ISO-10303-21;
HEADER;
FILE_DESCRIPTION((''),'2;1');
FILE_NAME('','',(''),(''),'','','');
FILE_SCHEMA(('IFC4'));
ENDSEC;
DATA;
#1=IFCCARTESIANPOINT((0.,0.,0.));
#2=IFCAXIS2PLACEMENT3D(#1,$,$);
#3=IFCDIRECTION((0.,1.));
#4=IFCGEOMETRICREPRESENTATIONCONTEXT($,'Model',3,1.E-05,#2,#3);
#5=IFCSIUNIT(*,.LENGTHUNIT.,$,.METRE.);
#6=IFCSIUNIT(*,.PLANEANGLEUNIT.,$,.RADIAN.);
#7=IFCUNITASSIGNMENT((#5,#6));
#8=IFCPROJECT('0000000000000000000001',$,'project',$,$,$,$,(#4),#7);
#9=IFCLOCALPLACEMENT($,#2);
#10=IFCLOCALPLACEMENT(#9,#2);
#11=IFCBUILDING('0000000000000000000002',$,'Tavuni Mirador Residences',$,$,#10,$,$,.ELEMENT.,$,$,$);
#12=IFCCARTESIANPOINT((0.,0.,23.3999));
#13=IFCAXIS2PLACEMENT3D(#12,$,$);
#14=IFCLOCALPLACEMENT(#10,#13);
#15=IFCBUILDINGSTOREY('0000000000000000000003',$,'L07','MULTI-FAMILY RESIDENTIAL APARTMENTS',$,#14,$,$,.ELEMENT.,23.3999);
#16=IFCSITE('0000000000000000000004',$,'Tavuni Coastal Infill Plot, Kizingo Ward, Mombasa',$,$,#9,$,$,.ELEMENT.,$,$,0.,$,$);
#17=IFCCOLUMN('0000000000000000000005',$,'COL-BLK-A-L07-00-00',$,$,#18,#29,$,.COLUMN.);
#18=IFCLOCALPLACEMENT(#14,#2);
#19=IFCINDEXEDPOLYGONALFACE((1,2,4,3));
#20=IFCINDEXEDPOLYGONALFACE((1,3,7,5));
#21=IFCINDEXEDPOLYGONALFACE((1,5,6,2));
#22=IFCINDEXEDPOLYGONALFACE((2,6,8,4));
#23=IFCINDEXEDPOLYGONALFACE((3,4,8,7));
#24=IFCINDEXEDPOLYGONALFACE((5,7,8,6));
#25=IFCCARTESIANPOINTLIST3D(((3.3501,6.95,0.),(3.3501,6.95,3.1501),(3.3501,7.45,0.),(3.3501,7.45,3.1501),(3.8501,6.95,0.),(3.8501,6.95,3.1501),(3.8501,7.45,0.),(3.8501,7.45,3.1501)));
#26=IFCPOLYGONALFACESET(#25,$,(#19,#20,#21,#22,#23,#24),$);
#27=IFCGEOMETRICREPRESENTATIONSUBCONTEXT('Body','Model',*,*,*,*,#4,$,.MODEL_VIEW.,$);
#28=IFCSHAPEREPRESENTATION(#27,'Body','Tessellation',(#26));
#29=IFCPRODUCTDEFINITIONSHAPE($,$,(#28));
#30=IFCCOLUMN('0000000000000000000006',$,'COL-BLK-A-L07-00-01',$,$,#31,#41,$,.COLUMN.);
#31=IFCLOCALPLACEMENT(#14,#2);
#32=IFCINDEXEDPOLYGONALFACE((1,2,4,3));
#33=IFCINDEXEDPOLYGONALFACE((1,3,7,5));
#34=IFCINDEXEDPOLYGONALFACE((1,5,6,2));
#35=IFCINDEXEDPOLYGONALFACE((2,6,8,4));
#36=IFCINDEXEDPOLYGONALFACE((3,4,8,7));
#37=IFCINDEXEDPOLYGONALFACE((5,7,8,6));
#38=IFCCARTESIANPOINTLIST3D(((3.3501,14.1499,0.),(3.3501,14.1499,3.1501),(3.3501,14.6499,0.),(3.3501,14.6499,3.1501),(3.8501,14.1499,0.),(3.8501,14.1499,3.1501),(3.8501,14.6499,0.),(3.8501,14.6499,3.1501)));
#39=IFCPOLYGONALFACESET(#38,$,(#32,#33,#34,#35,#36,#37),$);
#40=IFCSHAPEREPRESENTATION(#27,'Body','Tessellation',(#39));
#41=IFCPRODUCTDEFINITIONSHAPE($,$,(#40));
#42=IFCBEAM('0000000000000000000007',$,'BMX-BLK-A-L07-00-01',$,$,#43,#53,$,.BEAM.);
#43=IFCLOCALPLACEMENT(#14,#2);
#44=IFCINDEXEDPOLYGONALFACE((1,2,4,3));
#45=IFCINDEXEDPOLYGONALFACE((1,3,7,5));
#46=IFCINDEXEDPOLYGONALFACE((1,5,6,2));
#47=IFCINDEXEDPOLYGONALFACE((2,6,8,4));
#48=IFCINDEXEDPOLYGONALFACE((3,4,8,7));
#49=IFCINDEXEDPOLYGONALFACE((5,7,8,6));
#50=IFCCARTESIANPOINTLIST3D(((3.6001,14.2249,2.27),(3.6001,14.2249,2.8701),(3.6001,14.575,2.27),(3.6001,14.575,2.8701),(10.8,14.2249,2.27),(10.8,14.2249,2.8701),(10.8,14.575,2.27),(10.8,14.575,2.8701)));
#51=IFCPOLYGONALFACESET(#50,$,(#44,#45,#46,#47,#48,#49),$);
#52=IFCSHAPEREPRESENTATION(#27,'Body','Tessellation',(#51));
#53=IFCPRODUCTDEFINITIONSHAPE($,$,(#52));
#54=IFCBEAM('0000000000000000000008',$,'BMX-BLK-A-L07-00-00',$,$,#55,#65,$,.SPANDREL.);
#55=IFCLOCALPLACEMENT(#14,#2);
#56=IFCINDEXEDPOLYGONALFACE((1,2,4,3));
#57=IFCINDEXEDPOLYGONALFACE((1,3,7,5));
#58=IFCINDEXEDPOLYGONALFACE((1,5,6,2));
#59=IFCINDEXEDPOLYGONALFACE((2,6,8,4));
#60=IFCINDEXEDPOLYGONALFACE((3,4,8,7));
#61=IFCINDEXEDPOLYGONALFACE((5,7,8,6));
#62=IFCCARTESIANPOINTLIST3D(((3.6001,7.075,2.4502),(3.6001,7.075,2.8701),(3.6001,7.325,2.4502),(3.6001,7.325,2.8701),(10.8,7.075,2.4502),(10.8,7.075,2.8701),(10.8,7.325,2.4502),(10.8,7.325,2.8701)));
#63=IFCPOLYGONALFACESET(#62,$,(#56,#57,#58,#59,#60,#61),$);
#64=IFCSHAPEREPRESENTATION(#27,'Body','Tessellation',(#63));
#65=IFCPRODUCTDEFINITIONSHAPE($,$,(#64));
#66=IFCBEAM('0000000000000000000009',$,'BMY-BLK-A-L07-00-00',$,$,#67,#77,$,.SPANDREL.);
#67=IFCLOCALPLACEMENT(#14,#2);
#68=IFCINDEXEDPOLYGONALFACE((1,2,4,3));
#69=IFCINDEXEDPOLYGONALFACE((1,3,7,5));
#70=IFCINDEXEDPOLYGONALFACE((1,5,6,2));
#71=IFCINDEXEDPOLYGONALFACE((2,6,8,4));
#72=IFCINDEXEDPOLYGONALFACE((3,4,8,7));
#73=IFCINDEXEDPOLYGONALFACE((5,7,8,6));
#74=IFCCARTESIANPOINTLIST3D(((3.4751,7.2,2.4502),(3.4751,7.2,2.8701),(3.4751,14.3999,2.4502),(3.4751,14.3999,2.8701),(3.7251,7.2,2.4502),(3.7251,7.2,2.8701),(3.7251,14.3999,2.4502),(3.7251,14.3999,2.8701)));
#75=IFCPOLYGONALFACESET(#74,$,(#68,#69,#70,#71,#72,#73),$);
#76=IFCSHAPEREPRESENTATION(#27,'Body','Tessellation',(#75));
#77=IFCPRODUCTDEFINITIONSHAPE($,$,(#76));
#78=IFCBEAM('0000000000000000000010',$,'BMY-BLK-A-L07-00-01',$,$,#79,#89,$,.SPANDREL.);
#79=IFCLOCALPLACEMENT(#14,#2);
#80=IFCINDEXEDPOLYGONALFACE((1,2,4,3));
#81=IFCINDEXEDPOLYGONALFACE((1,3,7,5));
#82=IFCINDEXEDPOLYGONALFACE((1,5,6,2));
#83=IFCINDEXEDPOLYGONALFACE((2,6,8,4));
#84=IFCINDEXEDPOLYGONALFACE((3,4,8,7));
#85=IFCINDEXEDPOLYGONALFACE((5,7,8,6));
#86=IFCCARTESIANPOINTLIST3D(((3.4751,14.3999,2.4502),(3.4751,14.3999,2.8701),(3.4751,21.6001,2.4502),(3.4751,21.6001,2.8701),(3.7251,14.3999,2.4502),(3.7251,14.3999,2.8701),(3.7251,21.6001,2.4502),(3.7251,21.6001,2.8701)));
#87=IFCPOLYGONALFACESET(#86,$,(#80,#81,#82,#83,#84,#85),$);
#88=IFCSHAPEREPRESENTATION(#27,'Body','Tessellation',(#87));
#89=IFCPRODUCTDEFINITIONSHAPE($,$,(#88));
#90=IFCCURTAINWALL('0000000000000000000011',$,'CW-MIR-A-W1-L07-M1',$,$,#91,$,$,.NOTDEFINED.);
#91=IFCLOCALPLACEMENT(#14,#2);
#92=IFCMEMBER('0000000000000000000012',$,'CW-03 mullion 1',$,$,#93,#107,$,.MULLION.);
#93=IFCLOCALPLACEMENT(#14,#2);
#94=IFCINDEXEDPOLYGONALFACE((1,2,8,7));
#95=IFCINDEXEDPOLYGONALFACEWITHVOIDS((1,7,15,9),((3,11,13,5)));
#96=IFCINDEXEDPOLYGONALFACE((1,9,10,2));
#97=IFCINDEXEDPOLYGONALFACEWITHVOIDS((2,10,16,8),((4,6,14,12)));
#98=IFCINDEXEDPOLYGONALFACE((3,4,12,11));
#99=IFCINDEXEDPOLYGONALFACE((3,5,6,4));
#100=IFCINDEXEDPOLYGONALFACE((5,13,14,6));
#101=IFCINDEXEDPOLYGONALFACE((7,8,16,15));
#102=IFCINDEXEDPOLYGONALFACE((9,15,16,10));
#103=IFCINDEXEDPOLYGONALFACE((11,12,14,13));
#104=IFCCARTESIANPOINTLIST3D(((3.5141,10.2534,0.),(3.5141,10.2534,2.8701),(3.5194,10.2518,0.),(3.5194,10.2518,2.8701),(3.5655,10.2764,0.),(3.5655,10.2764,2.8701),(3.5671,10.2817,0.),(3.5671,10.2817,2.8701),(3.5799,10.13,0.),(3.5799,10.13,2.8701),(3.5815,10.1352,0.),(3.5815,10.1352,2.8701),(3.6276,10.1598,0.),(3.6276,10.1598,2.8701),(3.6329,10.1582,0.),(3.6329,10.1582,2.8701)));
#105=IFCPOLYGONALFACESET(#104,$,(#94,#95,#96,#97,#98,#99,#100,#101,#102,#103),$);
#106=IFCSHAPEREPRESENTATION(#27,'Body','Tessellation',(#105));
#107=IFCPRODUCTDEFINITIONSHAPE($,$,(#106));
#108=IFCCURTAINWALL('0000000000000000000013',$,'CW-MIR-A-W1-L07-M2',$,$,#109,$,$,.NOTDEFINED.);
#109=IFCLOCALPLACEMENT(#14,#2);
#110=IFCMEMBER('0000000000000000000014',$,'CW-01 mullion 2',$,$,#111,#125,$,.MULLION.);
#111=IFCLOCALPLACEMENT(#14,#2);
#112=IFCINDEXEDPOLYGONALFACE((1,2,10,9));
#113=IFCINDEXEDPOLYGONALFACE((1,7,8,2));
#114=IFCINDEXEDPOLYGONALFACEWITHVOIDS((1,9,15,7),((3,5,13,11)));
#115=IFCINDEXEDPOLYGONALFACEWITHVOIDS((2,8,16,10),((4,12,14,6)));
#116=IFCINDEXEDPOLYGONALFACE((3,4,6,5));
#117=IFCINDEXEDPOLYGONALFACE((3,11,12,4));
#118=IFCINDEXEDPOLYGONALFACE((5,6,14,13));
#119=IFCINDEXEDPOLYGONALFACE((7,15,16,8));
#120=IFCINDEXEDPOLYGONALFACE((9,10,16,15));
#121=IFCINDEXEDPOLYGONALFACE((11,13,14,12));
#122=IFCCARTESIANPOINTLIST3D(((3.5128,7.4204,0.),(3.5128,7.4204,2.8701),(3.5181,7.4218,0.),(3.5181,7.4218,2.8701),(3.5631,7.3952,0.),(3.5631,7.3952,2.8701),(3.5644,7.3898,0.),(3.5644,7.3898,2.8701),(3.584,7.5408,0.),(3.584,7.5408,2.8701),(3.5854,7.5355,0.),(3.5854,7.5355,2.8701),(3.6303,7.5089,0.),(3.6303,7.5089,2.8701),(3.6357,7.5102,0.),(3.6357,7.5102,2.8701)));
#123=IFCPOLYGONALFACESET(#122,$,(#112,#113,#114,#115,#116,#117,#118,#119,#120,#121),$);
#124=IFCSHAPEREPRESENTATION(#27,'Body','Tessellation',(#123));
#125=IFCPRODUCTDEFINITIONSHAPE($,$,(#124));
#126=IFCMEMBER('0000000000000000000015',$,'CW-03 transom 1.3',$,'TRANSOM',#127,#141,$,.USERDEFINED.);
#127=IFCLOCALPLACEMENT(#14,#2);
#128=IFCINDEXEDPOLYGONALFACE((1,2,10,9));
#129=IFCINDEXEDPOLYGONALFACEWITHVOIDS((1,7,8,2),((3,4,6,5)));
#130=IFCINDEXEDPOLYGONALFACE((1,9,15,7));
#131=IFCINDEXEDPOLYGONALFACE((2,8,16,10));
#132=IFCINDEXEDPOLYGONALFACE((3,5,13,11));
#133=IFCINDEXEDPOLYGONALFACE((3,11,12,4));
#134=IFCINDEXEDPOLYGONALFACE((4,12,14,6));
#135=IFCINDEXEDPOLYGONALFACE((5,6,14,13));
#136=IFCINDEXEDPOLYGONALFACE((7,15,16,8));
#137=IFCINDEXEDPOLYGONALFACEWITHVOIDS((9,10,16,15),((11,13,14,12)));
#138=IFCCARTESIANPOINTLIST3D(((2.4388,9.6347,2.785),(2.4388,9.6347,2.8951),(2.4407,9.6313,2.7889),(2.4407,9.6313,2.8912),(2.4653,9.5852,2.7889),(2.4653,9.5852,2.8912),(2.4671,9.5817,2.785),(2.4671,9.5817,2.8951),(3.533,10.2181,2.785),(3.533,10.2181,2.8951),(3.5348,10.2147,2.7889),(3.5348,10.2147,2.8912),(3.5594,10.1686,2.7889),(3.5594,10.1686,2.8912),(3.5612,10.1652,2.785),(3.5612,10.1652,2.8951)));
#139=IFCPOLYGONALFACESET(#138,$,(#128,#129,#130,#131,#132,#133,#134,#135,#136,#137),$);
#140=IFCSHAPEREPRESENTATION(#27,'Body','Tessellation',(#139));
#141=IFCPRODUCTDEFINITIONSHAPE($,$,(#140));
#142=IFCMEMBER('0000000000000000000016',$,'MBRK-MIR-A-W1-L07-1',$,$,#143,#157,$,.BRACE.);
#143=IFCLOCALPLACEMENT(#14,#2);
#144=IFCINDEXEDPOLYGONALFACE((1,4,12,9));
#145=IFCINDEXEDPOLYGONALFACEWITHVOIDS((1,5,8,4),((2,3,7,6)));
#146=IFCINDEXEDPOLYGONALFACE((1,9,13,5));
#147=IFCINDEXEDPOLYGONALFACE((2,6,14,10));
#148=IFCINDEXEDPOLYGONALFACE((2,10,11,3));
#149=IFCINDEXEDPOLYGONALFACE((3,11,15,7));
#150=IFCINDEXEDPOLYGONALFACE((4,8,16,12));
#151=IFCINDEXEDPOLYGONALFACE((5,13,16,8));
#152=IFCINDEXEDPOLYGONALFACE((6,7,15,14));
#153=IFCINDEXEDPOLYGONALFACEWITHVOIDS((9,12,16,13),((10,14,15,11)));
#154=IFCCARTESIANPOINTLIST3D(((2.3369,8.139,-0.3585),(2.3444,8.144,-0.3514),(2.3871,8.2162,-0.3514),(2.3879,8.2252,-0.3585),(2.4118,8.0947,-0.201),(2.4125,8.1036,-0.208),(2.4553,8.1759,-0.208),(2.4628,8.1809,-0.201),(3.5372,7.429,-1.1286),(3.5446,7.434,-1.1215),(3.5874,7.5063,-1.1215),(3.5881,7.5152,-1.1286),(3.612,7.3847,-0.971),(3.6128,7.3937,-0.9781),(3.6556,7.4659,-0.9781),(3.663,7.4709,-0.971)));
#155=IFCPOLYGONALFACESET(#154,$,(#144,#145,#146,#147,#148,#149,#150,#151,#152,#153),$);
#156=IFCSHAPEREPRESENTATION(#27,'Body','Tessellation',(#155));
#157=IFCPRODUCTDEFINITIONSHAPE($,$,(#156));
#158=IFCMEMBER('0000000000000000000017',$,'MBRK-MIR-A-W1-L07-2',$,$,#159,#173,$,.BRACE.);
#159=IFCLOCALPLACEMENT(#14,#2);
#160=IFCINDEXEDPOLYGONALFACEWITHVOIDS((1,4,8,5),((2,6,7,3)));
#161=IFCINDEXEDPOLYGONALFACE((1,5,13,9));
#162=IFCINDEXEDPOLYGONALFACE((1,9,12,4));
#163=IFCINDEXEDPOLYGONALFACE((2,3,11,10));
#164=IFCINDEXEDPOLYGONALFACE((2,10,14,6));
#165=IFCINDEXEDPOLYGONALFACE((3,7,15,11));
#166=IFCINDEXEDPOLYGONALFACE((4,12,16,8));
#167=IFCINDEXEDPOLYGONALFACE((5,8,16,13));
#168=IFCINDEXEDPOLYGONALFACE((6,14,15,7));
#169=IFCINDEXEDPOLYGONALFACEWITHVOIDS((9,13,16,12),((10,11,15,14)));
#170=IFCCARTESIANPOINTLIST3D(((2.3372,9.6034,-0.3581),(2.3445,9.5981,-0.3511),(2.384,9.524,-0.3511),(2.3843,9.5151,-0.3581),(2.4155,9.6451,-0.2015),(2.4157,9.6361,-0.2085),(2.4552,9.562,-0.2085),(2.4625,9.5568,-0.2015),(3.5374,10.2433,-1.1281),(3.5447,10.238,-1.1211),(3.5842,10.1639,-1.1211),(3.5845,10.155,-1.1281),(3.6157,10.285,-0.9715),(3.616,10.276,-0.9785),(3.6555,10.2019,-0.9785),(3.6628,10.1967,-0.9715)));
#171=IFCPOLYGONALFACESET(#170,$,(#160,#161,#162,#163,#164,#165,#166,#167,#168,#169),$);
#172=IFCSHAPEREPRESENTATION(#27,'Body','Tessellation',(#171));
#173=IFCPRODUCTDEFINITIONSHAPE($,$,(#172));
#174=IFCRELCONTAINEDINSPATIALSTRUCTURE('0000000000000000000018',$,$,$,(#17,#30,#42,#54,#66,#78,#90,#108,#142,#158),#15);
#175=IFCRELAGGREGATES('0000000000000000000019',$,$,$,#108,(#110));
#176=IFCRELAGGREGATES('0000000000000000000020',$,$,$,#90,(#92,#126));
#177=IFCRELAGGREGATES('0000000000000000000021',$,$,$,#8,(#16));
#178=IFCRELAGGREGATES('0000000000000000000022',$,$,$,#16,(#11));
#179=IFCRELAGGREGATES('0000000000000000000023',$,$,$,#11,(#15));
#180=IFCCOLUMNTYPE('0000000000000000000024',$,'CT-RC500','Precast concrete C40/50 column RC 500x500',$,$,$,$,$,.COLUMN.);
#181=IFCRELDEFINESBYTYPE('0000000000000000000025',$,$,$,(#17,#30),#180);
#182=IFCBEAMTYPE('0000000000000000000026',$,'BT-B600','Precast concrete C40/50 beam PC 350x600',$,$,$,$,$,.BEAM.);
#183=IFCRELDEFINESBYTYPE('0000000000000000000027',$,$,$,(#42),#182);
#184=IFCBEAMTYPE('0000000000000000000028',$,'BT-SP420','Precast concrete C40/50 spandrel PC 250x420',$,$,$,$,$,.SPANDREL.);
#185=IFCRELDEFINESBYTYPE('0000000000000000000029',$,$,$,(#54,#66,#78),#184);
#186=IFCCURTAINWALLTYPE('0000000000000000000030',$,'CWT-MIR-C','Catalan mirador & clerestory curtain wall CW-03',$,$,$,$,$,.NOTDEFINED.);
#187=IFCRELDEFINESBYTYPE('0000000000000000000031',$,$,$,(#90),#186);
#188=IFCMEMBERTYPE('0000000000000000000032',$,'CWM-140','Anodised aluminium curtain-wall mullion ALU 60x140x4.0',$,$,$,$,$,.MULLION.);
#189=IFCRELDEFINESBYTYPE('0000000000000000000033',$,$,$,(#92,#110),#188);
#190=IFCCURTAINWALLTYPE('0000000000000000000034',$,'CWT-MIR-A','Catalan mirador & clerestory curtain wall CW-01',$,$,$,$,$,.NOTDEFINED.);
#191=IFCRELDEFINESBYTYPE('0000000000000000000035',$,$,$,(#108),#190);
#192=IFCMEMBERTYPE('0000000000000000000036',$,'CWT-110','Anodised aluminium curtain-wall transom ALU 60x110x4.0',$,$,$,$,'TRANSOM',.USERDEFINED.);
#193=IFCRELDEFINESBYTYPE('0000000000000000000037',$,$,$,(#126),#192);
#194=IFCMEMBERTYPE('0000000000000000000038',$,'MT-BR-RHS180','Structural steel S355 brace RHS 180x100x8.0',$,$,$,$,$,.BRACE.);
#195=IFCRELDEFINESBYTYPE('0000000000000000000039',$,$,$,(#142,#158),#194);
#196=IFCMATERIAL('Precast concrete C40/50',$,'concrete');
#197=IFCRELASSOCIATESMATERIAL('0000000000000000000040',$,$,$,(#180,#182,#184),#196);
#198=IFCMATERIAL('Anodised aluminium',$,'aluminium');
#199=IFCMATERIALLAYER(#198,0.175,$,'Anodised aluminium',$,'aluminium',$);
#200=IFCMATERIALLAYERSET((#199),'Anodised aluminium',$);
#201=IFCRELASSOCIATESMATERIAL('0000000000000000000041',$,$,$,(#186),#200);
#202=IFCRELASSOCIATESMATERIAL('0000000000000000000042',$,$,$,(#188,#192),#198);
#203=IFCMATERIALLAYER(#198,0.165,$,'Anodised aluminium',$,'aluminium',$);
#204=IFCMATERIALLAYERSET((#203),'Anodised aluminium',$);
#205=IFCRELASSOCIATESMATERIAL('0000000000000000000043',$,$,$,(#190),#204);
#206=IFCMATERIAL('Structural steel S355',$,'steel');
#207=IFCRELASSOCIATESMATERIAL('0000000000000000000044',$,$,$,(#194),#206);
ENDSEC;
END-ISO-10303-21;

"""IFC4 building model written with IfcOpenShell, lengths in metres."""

from ifc_helpers import new_model, si_unit, direction, frame, origin, origin_2d, place, context, subcontext, project, spatial, rectangle, hollow_rectangle, extrude, material, layer, layer_set, material_profile, profile_set, type_object, element, aggregate, save


model = new_model("IFC4")

# Units and contexts
model_context = context("Model", 3, precision=1e-05, world=origin(), true_north=direction((0.0, 1.0)))
body_context = subcontext(model_context, "Body", "Model", "MODEL_VIEW")
ifc_project = project(units=[si_unit("LENGTHUNIT", "METRE"), si_unit("PLANEANGLEUNIT", "RADIAN")], contexts=[model_context])

# Site, building, storey
site_placement = place(None, origin())
site = spatial("IfcSite", under=ifc_project, at=site_placement, Name="Tavuni Coastal Infill Plot, Kizingo Ward, Mombasa", CompositionType="ELEMENT", RefElevation=0.0)
building_placement = place(site_placement, origin())
building = spatial("IfcBuilding", under=site, at=building_placement, Name="Tavuni Mirador Residences", CompositionType="ELEMENT")
storey_placement = place(building_placement, frame((0.0, 0.0, 23.3999)))
storey = spatial("IfcBuildingStorey", under=building, at=storey_placement, Name="L07", Description="MULTI-FAMILY RESIDENTIAL APARTMENTS", CompositionType="ELEMENT", Elevation=23.3999)

# Columns
ifc_material_1 = material(Name="Precast concrete C40/50", Category="concrete")
ifc_material_profile_1 = material_profile(ifc_material_1, rectangle(XDim=0.5, YDim=0.5, at=origin_2d()), Name="RC 500x500", Category="concrete")
ifc_profile_set_1 = profile_set([ifc_material_profile_1], Name="Precast concrete C40/50")
column_type = type_object("IfcColumnType", Name="CT-RC500", Description="Precast concrete C40/50 column RC 500x500", PredefinedType="COLUMN", material=ifc_profile_set_1)
for number, where, z_axis, x_axis, name in (
    (1, (3.6001, 7.2, 0.0), (0.0, 0.0, 1.0), (1.0, 0.0, 0.0), "COL-BLK-A-L07-00-00"),
    (2, (3.6001, 14.3999, 0.0), (0.0, 0.0, 1.0), (1.0, 0.0, 0.0), "COL-BLK-A-L07-00-01"),
):
    element("IfcColumn", number, at=place(storey_placement, frame(where, z_axis=z_axis, x_axis=x_axis)), inside=storey, type_object=column_type, Name=name, PredefinedType="COLUMN", context=body_context, shape_type="SweptSolid", body=[
        extrude(rectangle(XDim=0.5, YDim=0.5, at=origin_2d()), origin(), (0.0, 0.0, 1.0), 3.1501),
    ])

# Beams
ifc_material_profile_2 = material_profile(ifc_material_1, rectangle(XDim=0.3501, YDim=0.6001, at=origin_2d()), Name="PC 350x600", Category="concrete")
ifc_profile_set_2 = profile_set([ifc_material_profile_2], Name="Precast concrete C40/50")
beam_type_1 = type_object("IfcBeamType", Name="BT-B600", Description="Precast concrete C40/50 beam PC 350x600", PredefinedType="BEAM", material=ifc_profile_set_2)
beam_1_placement = place(storey_placement, frame((3.6001, 14.3999, 2.5701), z_axis=(1.0, 0.0, 0.0), x_axis=(0.0, 1.0, 0.0)))
element("IfcBeam", 3, at=beam_1_placement, inside=storey, type_object=beam_type_1, Name="BMX-BLK-A-L07-00-01", PredefinedType="BEAM", context=body_context, shape_type="SweptSolid", body=[
    extrude(rectangle(XDim=0.3501, YDim=0.6001, at=origin_2d()), origin(), (0.0, 0.0, 1.0), 7.2),
])
ifc_material_profile_3 = material_profile(ifc_material_1, rectangle(XDim=0.25, YDim=0.4199, at=origin_2d()), Name="PC 250x420", Category="concrete")
ifc_profile_set_3 = profile_set([ifc_material_profile_3], Name="Precast concrete C40/50")
beam_type_2 = type_object("IfcBeamType", Name="BT-SP420", Description="Precast concrete C40/50 spandrel PC 250x420", PredefinedType="SPANDREL", material=ifc_profile_set_3)
for number, where, z_axis, x_axis, name in (
    (4, (3.6001, 7.2, 2.6602), (1.0, 0.0, 0.0), (0.0, 1.0, 0.0), "BMX-BLK-A-L07-00-00"),
    (5, (3.6001, 7.2, 2.6602), (0.0, 1.0, 0.0), (-1.0, 0.0, 0.0), "BMY-BLK-A-L07-00-00"),
):
    element("IfcBeam", number, at=place(storey_placement, frame(where, z_axis=z_axis, x_axis=x_axis)), inside=storey, type_object=beam_type_2, Name=name, PredefinedType="SPANDREL", context=body_context, shape_type="SweptSolid", body=[
        extrude(rectangle(XDim=0.25, YDim=0.4199, at=origin_2d()), origin(), (0.0, 0.0, 1.0), 7.2),
    ])
beam_2_placement = place(storey_placement, frame((3.6001, 14.3999, 2.6602), z_axis=(0.0, 1.0, 0.0), x_axis=(-1.0, 0.0, 0.0)))
element("IfcBeam", 6, at=beam_2_placement, inside=storey, type_object=beam_type_2, Name="BMY-BLK-A-L07-00-01", PredefinedType="SPANDREL", context=body_context, shape_type="SweptSolid", body=[
    extrude(rectangle(XDim=0.25, YDim=0.4199, at=origin_2d()), origin(), (0.0, 0.0, 1.0), 7.2002),
])

# Curtain walls, members
ifc_material_2 = material(Name="Anodised aluminium", Category="aluminium")
ifc_layer_1 = layer(ifc_material_2, 0.175, Name="Anodised aluminium", Category="aluminium")
ifc_layer_set_1 = layer_set([ifc_layer_1], Name="Anodised aluminium")
curtain_wall_type_1 = type_object("IfcCurtainWallType", Name="CWT-MIR-C", Description="Catalan mirador & clerestory curtain wall CW-03", PredefinedType="NOTDEFINED", material=ifc_layer_set_1)
curtain_wall_1_placement = place(storey_placement, origin())
curtain_wall_1 = element("IfcCurtainWall", 7, at=curtain_wall_1_placement, inside=storey, type_object=curtain_wall_type_1, Name="CW-MIR-A-W1-L07-M1", PredefinedType="NOTDEFINED")
ifc_material_profile_4 = material_profile(ifc_material_2, hollow_rectangle(XDim=0.0601, YDim=0.1399, WallThickness=0.0039, at=origin_2d()), Name="ALU 60x140x4.0", Category="aluminium")
ifc_profile_set_4 = profile_set([ifc_material_profile_4], Name="Anodised aluminium")
member_type_1 = type_object("IfcMemberType", Name="CWM-140", Description="Anodised aluminium curtain-wall mullion ALU 60x140x4.0", PredefinedType="MULLION", material=ifc_profile_set_4)
member_1_placement = place(storey_placement, frame((3.5735, 10.2058, 0.0), z_axis=(0.0, 0.0, 1.0), x_axis=(-0.882353, -0.470588, 0.0)))
member_1 = element("IfcMember", 8, at=member_1_placement, type_object=member_type_1, Name="CW-03 mullion 1", PredefinedType="MULLION", context=body_context, shape_type="SweptSolid", body=[
    extrude(hollow_rectangle(XDim=0.0601, YDim=0.1399, WallThickness=0.0039, at=origin_2d()), origin(), (0.0, 0.0, 1.0), 2.8701),
])
ifc_layer_2 = layer(ifc_material_2, 0.165, Name="Anodised aluminium", Category="aluminium")
ifc_layer_set_2 = layer_set([ifc_layer_2], Name="Anodised aluminium")
curtain_wall_type_2 = type_object("IfcCurtainWallType", Name="CWT-MIR-A", Description="Catalan mirador & clerestory curtain wall CW-01", PredefinedType="NOTDEFINED", material=ifc_layer_set_2)
curtain_wall_2_placement = place(storey_placement, origin())
curtain_wall_2 = element("IfcCurtainWall", 9, at=curtain_wall_2_placement, inside=storey, type_object=curtain_wall_type_2, Name="CW-MIR-A-W1-L07-M2", PredefinedType="NOTDEFINED")
member_2_placement = place(storey_placement, frame((3.5742, 7.4653, 0.0), z_axis=(0.0, 0.0, 1.0), x_axis=(0.860641, -0.509212, 0.0)))
member_2 = element("IfcMember", 10, at=member_2_placement, type_object=member_type_1, Name="CW-01 mullion 2", PredefinedType="MULLION", context=body_context, shape_type="SweptSolid", body=[
    extrude(hollow_rectangle(XDim=0.0601, YDim=0.1399, WallThickness=0.0039, at=origin_2d()), origin(), (0.0, 0.0, 1.0), 2.8701),
])
aggregate(curtain_wall_2, [member_2])

# Member
ifc_material_profile_5 = material_profile(ifc_material_2, hollow_rectangle(XDim=0.0601, YDim=0.1101, WallThickness=0.0039, at=origin_2d()), Name="ALU 60x110x4.0", Category="aluminium")
ifc_profile_set_5 = profile_set([ifc_material_profile_5], Name="Anodised aluminium")
member_type_2 = type_object("IfcMemberType", Name="CWT-110", Description="Anodised aluminium curtain-wall transom ALU 60x110x4.0", ElementType="TRANSOM", PredefinedType="USERDEFINED", material=ifc_profile_set_5)
member_3_placement = place(storey_placement, frame((3.5471, 10.1917, 2.8401), z_axis=(-0.882386, -0.470527, 0.0), x_axis=(0.470527, -0.882386, 0.0)))
member_3 = element("IfcMember", 11, at=member_3_placement, type_object=member_type_2, Name="CW-03 transom 1.3", ObjectType="TRANSOM", PredefinedType="USERDEFINED", context=body_context, shape_type="SweptSolid", body=[
    extrude(hollow_rectangle(XDim=0.0601, YDim=0.1101, WallThickness=0.0039, at=origin_2d()), origin(), (0.0, 0.0, 1.0), 1.24),
])
aggregate(curtain_wall_1, [member_1, member_3])

# Members
ifc_material_3 = material(Name="Structural steel S355", Category="steel")
ifc_material_profile_6 = material_profile(ifc_material_3, hollow_rectangle(XDim=0.1001, YDim=0.1799, WallThickness=0.0081, at=origin_2d()), Name="RHS 180x100x8.0", Category="steel")
ifc_profile_set_6 = profile_set([ifc_material_profile_6], Name="Structural steel S355")
member_type_3 = type_object("IfcMemberType", Name="MT-BR-RHS180", Description="Structural steel S355 brace RHS 180x100x8.0", PredefinedType="BRACE", material=ifc_profile_set_6)
member_4_placement = place(storey_placement, frame((3.6001, 7.45, -1.0498), z_axis=(-0.753449, 0.445693, 0.483397), x_axis=(-0.50913, -0.860689, 0.0)))
element("IfcMember", 12, at=member_4_placement, inside=storey, type_object=member_type_3, Name="MBRK-MIR-A-W1-L07-1", PredefinedType="BRACE", context=body_context, shape_type="SweptSolid", body=[
    extrude(hollow_rectangle(XDim=0.1001, YDim=0.1799, WallThickness=0.0081, at=origin_2d()), origin(), (0.0, 0.0, 1.0), 1.593),
])
member_5_placement = place(storey_placement, frame((3.6001, 10.22, -1.0498), z_axis=(-0.767896, -0.409409, 0.492666), x_axis=(0.470467, -0.882418, 0.0)))
element("IfcMember", 13, at=member_5_placement, inside=storey, type_object=member_type_3, Name="MBRK-MIR-A-W1-L07-2", PredefinedType="BRACE", context=body_context, shape_type="SweptSolid", body=[
    extrude(hollow_rectangle(XDim=0.1001, YDim=0.1799, WallThickness=0.0081, at=origin_2d()), origin(), (0.0, 0.0, 1.0), 1.563),
])

save(model, "model.ifc")
